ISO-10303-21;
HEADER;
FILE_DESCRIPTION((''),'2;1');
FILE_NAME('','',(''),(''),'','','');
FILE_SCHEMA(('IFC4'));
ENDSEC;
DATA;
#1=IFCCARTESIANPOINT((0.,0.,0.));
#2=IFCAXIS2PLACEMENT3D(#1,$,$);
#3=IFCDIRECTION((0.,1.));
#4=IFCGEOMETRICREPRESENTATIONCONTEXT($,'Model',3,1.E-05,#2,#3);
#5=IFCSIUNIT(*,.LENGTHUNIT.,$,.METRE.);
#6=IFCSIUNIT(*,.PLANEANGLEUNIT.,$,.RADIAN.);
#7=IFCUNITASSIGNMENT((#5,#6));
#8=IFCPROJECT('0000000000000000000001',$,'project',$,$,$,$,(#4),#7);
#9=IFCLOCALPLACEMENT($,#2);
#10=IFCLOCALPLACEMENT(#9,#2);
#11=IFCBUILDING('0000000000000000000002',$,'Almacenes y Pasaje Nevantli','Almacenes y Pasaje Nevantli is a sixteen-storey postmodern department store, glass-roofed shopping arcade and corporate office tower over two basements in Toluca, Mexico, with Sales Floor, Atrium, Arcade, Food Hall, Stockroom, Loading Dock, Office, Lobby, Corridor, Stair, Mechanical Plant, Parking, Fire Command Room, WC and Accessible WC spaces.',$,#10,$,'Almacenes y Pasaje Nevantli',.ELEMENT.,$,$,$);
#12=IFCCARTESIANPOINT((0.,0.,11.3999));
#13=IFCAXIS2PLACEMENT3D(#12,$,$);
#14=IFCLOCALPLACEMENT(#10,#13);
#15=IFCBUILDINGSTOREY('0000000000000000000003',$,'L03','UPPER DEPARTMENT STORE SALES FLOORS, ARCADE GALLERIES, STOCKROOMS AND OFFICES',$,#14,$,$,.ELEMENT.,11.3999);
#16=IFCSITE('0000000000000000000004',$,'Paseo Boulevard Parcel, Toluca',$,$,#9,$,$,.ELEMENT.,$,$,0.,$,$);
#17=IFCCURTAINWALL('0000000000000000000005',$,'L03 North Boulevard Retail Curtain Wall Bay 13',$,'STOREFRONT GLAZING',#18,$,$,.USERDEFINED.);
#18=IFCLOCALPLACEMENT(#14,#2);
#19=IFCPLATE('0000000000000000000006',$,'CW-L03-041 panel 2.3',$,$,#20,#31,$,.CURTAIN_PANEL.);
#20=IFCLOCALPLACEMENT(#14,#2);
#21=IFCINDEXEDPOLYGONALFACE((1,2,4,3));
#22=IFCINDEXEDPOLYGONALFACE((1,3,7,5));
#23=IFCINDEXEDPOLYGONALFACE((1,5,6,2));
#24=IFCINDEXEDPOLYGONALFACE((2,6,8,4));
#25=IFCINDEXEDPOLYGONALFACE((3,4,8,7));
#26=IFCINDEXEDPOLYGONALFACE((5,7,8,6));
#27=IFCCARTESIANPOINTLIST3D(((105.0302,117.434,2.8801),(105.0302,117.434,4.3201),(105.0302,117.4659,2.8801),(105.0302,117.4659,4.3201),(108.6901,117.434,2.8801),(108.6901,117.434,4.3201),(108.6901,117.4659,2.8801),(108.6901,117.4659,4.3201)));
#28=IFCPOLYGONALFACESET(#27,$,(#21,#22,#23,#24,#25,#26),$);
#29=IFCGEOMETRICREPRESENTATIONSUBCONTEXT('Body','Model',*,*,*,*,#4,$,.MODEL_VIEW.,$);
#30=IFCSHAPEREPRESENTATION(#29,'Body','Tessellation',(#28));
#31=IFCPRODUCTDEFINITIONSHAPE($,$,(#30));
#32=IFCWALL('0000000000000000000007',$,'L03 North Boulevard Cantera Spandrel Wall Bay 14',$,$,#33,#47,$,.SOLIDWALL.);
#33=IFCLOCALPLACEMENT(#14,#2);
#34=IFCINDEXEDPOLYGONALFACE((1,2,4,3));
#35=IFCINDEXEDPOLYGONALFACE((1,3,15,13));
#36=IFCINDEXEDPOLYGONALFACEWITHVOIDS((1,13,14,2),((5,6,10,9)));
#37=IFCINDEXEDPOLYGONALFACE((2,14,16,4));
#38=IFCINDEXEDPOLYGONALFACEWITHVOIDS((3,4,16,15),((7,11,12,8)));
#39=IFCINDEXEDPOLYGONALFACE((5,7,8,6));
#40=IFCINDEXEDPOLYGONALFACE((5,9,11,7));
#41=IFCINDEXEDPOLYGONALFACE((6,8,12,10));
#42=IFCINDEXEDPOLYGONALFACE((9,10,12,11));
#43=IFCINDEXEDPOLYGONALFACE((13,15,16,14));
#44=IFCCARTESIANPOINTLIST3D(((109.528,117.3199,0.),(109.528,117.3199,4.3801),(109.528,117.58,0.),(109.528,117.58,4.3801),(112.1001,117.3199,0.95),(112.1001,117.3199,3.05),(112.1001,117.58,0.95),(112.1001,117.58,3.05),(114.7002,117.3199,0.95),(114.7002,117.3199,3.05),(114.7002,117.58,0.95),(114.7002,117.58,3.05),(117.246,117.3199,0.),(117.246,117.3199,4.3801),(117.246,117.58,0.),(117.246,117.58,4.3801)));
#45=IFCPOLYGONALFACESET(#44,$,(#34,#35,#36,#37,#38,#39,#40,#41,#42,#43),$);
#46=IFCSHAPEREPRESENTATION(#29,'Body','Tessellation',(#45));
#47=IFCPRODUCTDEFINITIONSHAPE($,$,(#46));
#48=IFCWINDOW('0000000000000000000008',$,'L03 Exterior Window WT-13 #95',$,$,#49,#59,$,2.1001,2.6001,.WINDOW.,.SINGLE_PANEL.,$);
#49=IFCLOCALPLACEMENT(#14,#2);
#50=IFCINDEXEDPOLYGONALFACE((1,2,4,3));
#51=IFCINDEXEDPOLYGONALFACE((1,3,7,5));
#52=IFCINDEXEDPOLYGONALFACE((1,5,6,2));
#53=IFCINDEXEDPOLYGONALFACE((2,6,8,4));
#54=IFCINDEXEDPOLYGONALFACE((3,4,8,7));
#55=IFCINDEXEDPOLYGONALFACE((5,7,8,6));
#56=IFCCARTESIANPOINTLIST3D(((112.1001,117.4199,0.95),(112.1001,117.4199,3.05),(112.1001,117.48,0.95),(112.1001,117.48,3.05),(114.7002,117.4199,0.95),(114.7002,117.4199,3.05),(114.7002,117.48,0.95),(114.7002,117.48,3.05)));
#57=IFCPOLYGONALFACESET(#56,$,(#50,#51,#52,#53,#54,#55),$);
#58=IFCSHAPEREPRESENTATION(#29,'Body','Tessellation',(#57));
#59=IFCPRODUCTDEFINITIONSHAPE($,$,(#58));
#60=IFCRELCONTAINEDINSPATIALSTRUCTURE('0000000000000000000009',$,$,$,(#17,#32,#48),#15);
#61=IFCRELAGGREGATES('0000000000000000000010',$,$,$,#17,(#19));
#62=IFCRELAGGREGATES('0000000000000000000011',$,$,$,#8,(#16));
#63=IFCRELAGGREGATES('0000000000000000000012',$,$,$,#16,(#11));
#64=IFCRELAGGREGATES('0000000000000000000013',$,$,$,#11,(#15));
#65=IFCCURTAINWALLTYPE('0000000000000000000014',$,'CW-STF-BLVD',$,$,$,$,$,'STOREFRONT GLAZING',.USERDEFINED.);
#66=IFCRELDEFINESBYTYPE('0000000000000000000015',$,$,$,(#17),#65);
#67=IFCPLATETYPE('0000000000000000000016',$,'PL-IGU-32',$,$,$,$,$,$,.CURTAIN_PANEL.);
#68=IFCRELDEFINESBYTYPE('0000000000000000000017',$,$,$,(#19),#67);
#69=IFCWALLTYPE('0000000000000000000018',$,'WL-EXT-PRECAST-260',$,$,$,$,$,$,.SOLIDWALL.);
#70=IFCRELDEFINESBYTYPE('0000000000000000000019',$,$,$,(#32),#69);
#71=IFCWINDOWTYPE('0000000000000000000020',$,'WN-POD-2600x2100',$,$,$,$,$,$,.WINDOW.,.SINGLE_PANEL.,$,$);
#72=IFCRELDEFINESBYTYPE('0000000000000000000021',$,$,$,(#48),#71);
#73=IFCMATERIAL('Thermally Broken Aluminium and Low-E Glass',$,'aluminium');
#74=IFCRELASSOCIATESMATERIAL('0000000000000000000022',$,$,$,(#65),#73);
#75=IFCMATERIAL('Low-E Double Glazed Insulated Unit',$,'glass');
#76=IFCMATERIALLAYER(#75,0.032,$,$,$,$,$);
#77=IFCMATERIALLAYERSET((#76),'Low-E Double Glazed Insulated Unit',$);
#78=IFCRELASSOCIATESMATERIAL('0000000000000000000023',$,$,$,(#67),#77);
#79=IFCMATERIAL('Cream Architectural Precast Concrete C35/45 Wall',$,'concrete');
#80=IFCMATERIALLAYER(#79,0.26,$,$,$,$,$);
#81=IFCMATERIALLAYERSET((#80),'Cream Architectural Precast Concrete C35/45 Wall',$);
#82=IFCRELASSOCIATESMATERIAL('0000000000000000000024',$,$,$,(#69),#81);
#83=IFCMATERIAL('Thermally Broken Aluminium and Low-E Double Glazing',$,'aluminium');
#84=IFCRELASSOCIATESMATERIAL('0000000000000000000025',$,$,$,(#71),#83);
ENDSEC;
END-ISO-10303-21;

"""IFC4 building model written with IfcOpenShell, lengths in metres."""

from ifc_helpers import new_model, si_unit, direction, frame, frame_2d, origin, origin_2d, place, context, subcontext, project, spatial, rectangle, extrude, material, layer, layer_set, type_object, element, fill, aggregate, save


model = new_model("IFC4")

# Units and contexts
model_context = context("Model", 3, precision=1e-05, world=origin(), true_north=direction((0.0, 1.0)))
body_context = subcontext(model_context, "Body", "Model", "MODEL_VIEW")
ifc_project = project(units=[si_unit("LENGTHUNIT", "METRE"), si_unit("PLANEANGLEUNIT", "RADIAN")], contexts=[model_context])

# Site, building, storey
site_placement = place(None, origin())
site = spatial("IfcSite", under=ifc_project, at=site_placement, Name="Paseo Boulevard Parcel, Toluca", CompositionType="ELEMENT", RefElevation=0.0)
building_placement = place(site_placement, origin())
building = spatial("IfcBuilding", under=site, at=building_placement, Name="Almacenes y Pasaje Nevantli", Description="Almacenes y Pasaje Nevantli is a sixteen-storey postmodern department store, glass-roofed shopping arcade and corporate office tower over two basements in Toluca, Mexico, with Sales Floor, Atrium, Arcade, Food Hall, Stockroom, Loading Dock, Office, Lobby, Corridor, Stair, Mechanical Plant, Parking, Fire Command Room, WC and Accessible WC spaces.", LongName="Almacenes y Pasaje Nevantli", CompositionType="ELEMENT")
storey_placement = place(building_placement, frame((0.0, 0.0, 11.3999)))
storey = spatial("IfcBuildingStorey", under=building, at=storey_placement, Name="L03", Description="UPPER DEPARTMENT STORE SALES FLOORS, ARCADE GALLERIES, STOCKROOMS AND OFFICES", CompositionType="ELEMENT", Elevation=11.3999)

# Curtain wall, plate
ifc_material_1 = material(Name="Thermally Broken Aluminium and Low-E Glass", Category="aluminium")
curtain_wall_type = type_object("IfcCurtainWallType", Name="CW-STF-BLVD", ElementType="STOREFRONT GLAZING", PredefinedType="USERDEFINED", material=ifc_material_1)
curtain_wall_placement = place(storey_placement, origin())
curtain_wall = element("IfcCurtainWall", 1, at=curtain_wall_placement, inside=storey, type_object=curtain_wall_type, Name="L03 North Boulevard Retail Curtain Wall Bay 13", ObjectType="STOREFRONT GLAZING", PredefinedType="USERDEFINED")
ifc_material_2 = material(Name="Low-E Double Glazed Insulated Unit", Category="glass")
ifc_layer_1 = layer(ifc_material_2, 0.032)
ifc_layer_set_1 = layer_set([ifc_layer_1], Name="Low-E Double Glazed Insulated Unit")
plate_type = type_object("IfcPlateType", Name="PL-IGU-32", PredefinedType="CURTAIN_PANEL", material=ifc_layer_set_1)
plate_1_placement = place(storey_placement, frame((106.8601, 117.45, 2.8801), z_axis=(0.0, 0.0, 1.0), x_axis=(1.0, 0.0, 0.0)))
plate_1 = element("IfcPlate", 2, at=plate_1_placement, type_object=plate_type, Name="CW-L03-041 panel 2.3", PredefinedType="CURTAIN_PANEL", context=body_context, shape_type="SweptSolid", body=[
    extrude(rectangle(XDim=3.6599, YDim=0.032, at=origin_2d()), origin(), (0.0, 0.0, 1.0), 1.4399),
])
aggregate(curtain_wall, [plate_1])

# Wall, opening, window
ifc_material_3 = material(Name="Cream Architectural Precast Concrete C35/45 Wall", Category="concrete")
ifc_layer_2 = layer(ifc_material_3, 0.26)
ifc_layer_set_2 = layer_set([ifc_layer_2], Name="Cream Architectural Precast Concrete C35/45 Wall")
wall_type = type_object("IfcWallType", Name="WL-EXT-PRECAST-260", PredefinedType="SOLIDWALL", material=ifc_layer_set_2)
wall_placement = place(storey_placement, frame((109.5281, 117.45, 0.0), z_axis=(0.0, 0.0, 1.0), x_axis=(1.0, 0.0, 0.0)))
wall = element("IfcWall", 3, at=wall_placement, inside=storey, type_object=wall_type, Name="L03 North Boulevard Cantera Spandrel Wall Bay 14", PredefinedType="SOLIDWALL", context=body_context, shape_type="SweptSolid", body=[
    extrude(rectangle(XDim=7.718, YDim=0.26, at=frame_2d((3.8589, 0.0))), origin(), (0.0, 0.0, 1.0), 4.3801),
])
opening_placement = place(wall_placement, frame((2.572, 0.0, 0.95)))
opening = element("IfcOpeningElement", 4, at=opening_placement, cuts=wall, PredefinedType="OPENING", context=body_context, shape_type="SweptSolid", body=[
    extrude(rectangle(XDim=2.6001, YDim=2.1001, at=frame_2d((1.3, 1.05))), frame((0.0, 0.1399, 0.0), z_axis=(0.0, -1.0, 0.0), x_axis=(1.0, 0.0, 0.0)), (0.0, 0.0, 1.0), 0.28),
])
ifc_material_4 = material(Name="Thermally Broken Aluminium and Low-E Double Glazing", Category="aluminium")
window_type = type_object("IfcWindowType", Name="WN-POD-2600x2100", PartitioningType="SINGLE_PANEL", PredefinedType="WINDOW", material=ifc_material_4)
window_placement = place(opening_placement, origin())
window = element("IfcWindow", 5, at=window_placement, inside=storey, type_object=window_type, Name="L03 Exterior Window WT-13 #95", OverallHeight=2.1001, OverallWidth=2.6001, PartitioningType="SINGLE_PANEL", PredefinedType="WINDOW", context=body_context, shape_type="SweptSolid", body=[
    extrude(rectangle(XDim=2.6001, YDim=2.1001, at=frame_2d((1.3, 1.05))), frame((0.0, 0.03, 0.0), z_axis=(0.0, -1.0, 0.0), x_axis=(1.0, 0.0, 0.0)), (0.0, 0.0, 1.0), 0.0601),
])
fill(opening, window)

save(model, "model.ifc")
